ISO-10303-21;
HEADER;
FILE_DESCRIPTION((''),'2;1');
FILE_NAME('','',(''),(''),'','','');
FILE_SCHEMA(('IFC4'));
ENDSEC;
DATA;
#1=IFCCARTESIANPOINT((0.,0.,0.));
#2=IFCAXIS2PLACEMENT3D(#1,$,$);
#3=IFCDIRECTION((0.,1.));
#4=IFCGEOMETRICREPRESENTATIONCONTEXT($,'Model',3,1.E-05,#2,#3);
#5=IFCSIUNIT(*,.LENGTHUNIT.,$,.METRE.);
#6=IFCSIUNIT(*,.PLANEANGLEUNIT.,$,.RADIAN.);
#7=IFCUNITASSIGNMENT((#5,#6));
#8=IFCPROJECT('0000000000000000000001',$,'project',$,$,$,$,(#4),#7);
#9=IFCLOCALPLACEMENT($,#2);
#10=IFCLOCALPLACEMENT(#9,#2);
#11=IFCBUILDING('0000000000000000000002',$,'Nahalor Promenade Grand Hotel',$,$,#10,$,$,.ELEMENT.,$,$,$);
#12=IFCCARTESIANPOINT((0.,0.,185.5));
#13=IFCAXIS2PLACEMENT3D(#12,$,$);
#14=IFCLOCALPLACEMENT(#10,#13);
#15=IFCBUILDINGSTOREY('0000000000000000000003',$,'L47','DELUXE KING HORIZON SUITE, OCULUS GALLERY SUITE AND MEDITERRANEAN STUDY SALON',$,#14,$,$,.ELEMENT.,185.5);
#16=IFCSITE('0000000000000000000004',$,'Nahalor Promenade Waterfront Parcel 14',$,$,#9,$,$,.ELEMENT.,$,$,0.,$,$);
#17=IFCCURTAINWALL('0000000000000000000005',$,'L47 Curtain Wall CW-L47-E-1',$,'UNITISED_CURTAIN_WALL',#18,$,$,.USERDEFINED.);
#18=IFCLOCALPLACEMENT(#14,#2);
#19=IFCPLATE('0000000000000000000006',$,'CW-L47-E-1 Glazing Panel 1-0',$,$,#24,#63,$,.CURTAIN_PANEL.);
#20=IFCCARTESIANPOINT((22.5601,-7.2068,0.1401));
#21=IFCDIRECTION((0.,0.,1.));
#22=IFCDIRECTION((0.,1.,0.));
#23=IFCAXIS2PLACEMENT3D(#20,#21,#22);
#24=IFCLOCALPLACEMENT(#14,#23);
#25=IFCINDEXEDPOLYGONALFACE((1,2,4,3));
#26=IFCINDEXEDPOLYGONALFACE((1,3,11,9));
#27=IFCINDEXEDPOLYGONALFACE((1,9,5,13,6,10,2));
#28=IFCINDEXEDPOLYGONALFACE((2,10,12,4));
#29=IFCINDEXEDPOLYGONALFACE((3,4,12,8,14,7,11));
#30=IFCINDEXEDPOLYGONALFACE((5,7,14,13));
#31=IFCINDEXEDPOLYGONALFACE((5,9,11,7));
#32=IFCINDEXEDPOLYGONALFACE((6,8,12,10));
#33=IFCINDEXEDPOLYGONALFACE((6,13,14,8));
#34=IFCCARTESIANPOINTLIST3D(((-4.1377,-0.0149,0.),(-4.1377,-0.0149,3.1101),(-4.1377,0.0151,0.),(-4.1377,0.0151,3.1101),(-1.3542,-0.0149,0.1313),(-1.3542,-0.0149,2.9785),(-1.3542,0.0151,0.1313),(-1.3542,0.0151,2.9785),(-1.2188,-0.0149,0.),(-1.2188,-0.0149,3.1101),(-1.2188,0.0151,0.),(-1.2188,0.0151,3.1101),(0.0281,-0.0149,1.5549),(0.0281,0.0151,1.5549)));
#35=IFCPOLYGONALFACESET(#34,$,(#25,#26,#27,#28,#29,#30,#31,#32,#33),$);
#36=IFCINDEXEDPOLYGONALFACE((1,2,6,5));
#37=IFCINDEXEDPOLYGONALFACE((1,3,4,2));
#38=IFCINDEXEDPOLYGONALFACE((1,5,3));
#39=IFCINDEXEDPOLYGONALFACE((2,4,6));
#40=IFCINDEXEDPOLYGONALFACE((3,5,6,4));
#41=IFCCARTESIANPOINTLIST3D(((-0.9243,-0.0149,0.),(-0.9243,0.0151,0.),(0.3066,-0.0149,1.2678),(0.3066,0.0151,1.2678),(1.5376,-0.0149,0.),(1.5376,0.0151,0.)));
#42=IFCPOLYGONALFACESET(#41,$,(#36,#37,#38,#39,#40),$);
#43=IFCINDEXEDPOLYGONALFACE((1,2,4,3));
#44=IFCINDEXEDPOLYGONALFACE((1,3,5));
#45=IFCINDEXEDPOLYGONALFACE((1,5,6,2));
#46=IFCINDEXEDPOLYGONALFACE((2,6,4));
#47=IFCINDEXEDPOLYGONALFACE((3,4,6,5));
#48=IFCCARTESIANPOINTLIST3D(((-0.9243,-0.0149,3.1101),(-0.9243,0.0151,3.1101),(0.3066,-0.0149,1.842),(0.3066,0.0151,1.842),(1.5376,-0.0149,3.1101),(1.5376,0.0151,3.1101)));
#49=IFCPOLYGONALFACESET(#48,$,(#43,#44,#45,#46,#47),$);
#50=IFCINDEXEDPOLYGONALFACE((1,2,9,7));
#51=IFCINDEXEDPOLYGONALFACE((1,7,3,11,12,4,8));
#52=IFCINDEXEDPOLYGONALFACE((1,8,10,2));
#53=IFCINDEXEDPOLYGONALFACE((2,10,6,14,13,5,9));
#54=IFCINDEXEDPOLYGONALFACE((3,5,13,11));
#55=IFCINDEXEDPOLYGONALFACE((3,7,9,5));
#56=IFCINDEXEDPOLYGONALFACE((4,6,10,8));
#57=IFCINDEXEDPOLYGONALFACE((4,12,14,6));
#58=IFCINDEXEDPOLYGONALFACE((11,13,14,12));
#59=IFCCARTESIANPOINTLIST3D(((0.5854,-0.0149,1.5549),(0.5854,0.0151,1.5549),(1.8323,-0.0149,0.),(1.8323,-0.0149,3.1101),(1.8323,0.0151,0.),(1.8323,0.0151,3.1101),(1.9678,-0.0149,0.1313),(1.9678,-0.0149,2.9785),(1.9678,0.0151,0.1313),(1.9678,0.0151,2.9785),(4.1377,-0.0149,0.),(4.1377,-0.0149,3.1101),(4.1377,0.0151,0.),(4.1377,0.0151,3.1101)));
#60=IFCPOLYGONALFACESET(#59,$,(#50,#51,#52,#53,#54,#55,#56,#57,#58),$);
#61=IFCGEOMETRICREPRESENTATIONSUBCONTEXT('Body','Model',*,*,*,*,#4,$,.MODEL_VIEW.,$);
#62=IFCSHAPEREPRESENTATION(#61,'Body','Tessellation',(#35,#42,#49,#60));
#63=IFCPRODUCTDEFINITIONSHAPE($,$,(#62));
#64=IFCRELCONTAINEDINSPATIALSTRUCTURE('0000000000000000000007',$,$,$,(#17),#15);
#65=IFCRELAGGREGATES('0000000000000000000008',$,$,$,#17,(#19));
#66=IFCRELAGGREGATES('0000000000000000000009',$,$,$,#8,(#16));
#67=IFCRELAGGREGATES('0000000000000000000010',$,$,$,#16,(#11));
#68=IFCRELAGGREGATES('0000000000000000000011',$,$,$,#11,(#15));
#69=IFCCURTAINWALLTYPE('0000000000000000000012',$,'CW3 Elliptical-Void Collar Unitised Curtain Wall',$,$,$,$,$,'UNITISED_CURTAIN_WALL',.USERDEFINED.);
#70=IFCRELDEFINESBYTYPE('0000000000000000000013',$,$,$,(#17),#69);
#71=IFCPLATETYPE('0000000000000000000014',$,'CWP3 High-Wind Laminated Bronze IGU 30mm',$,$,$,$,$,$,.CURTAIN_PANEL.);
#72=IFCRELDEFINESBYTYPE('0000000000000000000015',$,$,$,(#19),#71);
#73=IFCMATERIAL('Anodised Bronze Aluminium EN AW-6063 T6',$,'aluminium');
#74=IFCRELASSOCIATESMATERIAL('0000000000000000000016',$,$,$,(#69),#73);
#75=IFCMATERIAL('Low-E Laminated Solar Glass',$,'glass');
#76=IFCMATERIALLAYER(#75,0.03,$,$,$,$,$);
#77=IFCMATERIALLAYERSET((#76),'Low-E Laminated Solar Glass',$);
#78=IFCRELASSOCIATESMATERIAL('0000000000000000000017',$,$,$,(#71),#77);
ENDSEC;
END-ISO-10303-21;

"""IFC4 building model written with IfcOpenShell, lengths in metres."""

from ifc_helpers import new_model, si_unit, direction, frame, origin, place, context, subcontext, project, spatial, polyline, outline, extrude, material, layer, layer_set, type_object, element, aggregate, save


model = new_model("IFC4")

# Units and contexts
model_context = context("Model", 3, precision=1e-05, world=origin(), true_north=direction((0.0, 1.0)))
body_context = subcontext(model_context, "Body", "Model", "MODEL_VIEW")
ifc_project = project(units=[si_unit("LENGTHUNIT", "METRE"), si_unit("PLANEANGLEUNIT", "RADIAN")], contexts=[model_context])

# Site, building, storey
site_placement = place(None, origin())
site = spatial("IfcSite", under=ifc_project, at=site_placement, Name="Nahalor Promenade Waterfront Parcel 14", CompositionType="ELEMENT", RefElevation=0.0)
building_placement = place(site_placement, origin())
building = spatial("IfcBuilding", under=site, at=building_placement, Name="Nahalor Promenade Grand Hotel", CompositionType="ELEMENT")
storey_placement = place(building_placement, frame((0.0, 0.0, 185.5)))
storey = spatial("IfcBuildingStorey", under=building, at=storey_placement, Name="L47", Description="DELUXE KING HORIZON SUITE, OCULUS GALLERY SUITE AND MEDITERRANEAN STUDY SALON", CompositionType="ELEMENT", Elevation=185.5)

# Curtain wall, plate
ifc_material_1 = material(Name="Anodised Bronze Aluminium EN AW-6063 T6", Category="aluminium")
curtain_wall_type = type_object("IfcCurtainWallType", Name="CW3 Elliptical-Void Collar Unitised Curtain Wall", ElementType="UNITISED_CURTAIN_WALL", PredefinedType="USERDEFINED", material=ifc_material_1)
curtain_wall_placement = place(storey_placement, origin())
curtain_wall = element("IfcCurtainWall", 1, at=curtain_wall_placement, inside=storey, type_object=curtain_wall_type, Name="L47 Curtain Wall CW-L47-E-1", ObjectType="UNITISED_CURTAIN_WALL", PredefinedType="USERDEFINED")
ifc_material_2 = material(Name="Low-E Laminated Solar Glass", Category="glass")
ifc_layer_1 = layer(ifc_material_2, 0.03)
ifc_layer_set_1 = layer_set([ifc_layer_1], Name="Low-E Laminated Solar Glass")
plate_type_1 = type_object("IfcPlateType", Name="CWP3 High-Wind Laminated Bronze IGU 30mm", PredefinedType="CURTAIN_PANEL", material=ifc_layer_set_1)
plate_1_placement = place(storey_placement, frame((22.5601, -7.2068, 0.1401), z_axis=(0.0, 0.0, 1.0), x_axis=(0.0, 1.0, 0.0)))
plate_1 = element("IfcPlate", 2, at=plate_1_placement, type_object=plate_type_1, Name="CW-L47-E-1 Glazing Panel 1-0", PredefinedType="CURTAIN_PANEL", context=body_context, shape_type="SweptSolid", body=[
    extrude(outline(polyline([(-4.1377, 3.1101), (-4.1377, 0.0), (-1.2188, 0.0), (-1.3542, 0.1313), (0.0281, 1.5549), (-1.3542, 2.9785), (-1.2188, 3.1101), (-4.1377, 3.1101)])), frame((0.0, 0.0151, 0.0), z_axis=(0.0, -1.0, 0.0), x_axis=(1.0, 0.0, 0.0)), (0.0, 0.0, 1.0), 0.03),
    extrude(outline(polyline([(0.3066, 1.2678), (-0.9243, 0.0), (1.5376, 0.0), (0.3066, 1.2678)])), frame((0.0, 0.0151, 0.0), z_axis=(0.0, -1.0, 0.0), x_axis=(1.0, 0.0, 0.0)), (0.0, 0.0, 1.0), 0.03),
    extrude(outline(polyline([(0.3066, 1.842), (1.5376, 3.1101), (-0.9243, 3.1101), (0.3066, 1.842)])), frame((0.0, 0.0151, 0.0), z_axis=(0.0, -1.0, 0.0), x_axis=(1.0, 0.0, 0.0)), (0.0, 0.0, 1.0), 0.03),
    extrude(outline(polyline([(4.1377, 0.0), (4.1377, 3.1101), (1.8323, 3.1101), (1.9678, 2.9785), (0.5854, 1.5549), (1.9678, 0.1313), (1.8323, 0.0), (4.1377, 0.0)])), frame((0.0, 0.0151, 0.0), z_axis=(0.0, -1.0, 0.0), x_axis=(1.0, 0.0, 0.0)), (0.0, 0.0, 1.0), 0.03),
])
aggregate(curtain_wall, [plate_1])

save(model, "model.ifc")
